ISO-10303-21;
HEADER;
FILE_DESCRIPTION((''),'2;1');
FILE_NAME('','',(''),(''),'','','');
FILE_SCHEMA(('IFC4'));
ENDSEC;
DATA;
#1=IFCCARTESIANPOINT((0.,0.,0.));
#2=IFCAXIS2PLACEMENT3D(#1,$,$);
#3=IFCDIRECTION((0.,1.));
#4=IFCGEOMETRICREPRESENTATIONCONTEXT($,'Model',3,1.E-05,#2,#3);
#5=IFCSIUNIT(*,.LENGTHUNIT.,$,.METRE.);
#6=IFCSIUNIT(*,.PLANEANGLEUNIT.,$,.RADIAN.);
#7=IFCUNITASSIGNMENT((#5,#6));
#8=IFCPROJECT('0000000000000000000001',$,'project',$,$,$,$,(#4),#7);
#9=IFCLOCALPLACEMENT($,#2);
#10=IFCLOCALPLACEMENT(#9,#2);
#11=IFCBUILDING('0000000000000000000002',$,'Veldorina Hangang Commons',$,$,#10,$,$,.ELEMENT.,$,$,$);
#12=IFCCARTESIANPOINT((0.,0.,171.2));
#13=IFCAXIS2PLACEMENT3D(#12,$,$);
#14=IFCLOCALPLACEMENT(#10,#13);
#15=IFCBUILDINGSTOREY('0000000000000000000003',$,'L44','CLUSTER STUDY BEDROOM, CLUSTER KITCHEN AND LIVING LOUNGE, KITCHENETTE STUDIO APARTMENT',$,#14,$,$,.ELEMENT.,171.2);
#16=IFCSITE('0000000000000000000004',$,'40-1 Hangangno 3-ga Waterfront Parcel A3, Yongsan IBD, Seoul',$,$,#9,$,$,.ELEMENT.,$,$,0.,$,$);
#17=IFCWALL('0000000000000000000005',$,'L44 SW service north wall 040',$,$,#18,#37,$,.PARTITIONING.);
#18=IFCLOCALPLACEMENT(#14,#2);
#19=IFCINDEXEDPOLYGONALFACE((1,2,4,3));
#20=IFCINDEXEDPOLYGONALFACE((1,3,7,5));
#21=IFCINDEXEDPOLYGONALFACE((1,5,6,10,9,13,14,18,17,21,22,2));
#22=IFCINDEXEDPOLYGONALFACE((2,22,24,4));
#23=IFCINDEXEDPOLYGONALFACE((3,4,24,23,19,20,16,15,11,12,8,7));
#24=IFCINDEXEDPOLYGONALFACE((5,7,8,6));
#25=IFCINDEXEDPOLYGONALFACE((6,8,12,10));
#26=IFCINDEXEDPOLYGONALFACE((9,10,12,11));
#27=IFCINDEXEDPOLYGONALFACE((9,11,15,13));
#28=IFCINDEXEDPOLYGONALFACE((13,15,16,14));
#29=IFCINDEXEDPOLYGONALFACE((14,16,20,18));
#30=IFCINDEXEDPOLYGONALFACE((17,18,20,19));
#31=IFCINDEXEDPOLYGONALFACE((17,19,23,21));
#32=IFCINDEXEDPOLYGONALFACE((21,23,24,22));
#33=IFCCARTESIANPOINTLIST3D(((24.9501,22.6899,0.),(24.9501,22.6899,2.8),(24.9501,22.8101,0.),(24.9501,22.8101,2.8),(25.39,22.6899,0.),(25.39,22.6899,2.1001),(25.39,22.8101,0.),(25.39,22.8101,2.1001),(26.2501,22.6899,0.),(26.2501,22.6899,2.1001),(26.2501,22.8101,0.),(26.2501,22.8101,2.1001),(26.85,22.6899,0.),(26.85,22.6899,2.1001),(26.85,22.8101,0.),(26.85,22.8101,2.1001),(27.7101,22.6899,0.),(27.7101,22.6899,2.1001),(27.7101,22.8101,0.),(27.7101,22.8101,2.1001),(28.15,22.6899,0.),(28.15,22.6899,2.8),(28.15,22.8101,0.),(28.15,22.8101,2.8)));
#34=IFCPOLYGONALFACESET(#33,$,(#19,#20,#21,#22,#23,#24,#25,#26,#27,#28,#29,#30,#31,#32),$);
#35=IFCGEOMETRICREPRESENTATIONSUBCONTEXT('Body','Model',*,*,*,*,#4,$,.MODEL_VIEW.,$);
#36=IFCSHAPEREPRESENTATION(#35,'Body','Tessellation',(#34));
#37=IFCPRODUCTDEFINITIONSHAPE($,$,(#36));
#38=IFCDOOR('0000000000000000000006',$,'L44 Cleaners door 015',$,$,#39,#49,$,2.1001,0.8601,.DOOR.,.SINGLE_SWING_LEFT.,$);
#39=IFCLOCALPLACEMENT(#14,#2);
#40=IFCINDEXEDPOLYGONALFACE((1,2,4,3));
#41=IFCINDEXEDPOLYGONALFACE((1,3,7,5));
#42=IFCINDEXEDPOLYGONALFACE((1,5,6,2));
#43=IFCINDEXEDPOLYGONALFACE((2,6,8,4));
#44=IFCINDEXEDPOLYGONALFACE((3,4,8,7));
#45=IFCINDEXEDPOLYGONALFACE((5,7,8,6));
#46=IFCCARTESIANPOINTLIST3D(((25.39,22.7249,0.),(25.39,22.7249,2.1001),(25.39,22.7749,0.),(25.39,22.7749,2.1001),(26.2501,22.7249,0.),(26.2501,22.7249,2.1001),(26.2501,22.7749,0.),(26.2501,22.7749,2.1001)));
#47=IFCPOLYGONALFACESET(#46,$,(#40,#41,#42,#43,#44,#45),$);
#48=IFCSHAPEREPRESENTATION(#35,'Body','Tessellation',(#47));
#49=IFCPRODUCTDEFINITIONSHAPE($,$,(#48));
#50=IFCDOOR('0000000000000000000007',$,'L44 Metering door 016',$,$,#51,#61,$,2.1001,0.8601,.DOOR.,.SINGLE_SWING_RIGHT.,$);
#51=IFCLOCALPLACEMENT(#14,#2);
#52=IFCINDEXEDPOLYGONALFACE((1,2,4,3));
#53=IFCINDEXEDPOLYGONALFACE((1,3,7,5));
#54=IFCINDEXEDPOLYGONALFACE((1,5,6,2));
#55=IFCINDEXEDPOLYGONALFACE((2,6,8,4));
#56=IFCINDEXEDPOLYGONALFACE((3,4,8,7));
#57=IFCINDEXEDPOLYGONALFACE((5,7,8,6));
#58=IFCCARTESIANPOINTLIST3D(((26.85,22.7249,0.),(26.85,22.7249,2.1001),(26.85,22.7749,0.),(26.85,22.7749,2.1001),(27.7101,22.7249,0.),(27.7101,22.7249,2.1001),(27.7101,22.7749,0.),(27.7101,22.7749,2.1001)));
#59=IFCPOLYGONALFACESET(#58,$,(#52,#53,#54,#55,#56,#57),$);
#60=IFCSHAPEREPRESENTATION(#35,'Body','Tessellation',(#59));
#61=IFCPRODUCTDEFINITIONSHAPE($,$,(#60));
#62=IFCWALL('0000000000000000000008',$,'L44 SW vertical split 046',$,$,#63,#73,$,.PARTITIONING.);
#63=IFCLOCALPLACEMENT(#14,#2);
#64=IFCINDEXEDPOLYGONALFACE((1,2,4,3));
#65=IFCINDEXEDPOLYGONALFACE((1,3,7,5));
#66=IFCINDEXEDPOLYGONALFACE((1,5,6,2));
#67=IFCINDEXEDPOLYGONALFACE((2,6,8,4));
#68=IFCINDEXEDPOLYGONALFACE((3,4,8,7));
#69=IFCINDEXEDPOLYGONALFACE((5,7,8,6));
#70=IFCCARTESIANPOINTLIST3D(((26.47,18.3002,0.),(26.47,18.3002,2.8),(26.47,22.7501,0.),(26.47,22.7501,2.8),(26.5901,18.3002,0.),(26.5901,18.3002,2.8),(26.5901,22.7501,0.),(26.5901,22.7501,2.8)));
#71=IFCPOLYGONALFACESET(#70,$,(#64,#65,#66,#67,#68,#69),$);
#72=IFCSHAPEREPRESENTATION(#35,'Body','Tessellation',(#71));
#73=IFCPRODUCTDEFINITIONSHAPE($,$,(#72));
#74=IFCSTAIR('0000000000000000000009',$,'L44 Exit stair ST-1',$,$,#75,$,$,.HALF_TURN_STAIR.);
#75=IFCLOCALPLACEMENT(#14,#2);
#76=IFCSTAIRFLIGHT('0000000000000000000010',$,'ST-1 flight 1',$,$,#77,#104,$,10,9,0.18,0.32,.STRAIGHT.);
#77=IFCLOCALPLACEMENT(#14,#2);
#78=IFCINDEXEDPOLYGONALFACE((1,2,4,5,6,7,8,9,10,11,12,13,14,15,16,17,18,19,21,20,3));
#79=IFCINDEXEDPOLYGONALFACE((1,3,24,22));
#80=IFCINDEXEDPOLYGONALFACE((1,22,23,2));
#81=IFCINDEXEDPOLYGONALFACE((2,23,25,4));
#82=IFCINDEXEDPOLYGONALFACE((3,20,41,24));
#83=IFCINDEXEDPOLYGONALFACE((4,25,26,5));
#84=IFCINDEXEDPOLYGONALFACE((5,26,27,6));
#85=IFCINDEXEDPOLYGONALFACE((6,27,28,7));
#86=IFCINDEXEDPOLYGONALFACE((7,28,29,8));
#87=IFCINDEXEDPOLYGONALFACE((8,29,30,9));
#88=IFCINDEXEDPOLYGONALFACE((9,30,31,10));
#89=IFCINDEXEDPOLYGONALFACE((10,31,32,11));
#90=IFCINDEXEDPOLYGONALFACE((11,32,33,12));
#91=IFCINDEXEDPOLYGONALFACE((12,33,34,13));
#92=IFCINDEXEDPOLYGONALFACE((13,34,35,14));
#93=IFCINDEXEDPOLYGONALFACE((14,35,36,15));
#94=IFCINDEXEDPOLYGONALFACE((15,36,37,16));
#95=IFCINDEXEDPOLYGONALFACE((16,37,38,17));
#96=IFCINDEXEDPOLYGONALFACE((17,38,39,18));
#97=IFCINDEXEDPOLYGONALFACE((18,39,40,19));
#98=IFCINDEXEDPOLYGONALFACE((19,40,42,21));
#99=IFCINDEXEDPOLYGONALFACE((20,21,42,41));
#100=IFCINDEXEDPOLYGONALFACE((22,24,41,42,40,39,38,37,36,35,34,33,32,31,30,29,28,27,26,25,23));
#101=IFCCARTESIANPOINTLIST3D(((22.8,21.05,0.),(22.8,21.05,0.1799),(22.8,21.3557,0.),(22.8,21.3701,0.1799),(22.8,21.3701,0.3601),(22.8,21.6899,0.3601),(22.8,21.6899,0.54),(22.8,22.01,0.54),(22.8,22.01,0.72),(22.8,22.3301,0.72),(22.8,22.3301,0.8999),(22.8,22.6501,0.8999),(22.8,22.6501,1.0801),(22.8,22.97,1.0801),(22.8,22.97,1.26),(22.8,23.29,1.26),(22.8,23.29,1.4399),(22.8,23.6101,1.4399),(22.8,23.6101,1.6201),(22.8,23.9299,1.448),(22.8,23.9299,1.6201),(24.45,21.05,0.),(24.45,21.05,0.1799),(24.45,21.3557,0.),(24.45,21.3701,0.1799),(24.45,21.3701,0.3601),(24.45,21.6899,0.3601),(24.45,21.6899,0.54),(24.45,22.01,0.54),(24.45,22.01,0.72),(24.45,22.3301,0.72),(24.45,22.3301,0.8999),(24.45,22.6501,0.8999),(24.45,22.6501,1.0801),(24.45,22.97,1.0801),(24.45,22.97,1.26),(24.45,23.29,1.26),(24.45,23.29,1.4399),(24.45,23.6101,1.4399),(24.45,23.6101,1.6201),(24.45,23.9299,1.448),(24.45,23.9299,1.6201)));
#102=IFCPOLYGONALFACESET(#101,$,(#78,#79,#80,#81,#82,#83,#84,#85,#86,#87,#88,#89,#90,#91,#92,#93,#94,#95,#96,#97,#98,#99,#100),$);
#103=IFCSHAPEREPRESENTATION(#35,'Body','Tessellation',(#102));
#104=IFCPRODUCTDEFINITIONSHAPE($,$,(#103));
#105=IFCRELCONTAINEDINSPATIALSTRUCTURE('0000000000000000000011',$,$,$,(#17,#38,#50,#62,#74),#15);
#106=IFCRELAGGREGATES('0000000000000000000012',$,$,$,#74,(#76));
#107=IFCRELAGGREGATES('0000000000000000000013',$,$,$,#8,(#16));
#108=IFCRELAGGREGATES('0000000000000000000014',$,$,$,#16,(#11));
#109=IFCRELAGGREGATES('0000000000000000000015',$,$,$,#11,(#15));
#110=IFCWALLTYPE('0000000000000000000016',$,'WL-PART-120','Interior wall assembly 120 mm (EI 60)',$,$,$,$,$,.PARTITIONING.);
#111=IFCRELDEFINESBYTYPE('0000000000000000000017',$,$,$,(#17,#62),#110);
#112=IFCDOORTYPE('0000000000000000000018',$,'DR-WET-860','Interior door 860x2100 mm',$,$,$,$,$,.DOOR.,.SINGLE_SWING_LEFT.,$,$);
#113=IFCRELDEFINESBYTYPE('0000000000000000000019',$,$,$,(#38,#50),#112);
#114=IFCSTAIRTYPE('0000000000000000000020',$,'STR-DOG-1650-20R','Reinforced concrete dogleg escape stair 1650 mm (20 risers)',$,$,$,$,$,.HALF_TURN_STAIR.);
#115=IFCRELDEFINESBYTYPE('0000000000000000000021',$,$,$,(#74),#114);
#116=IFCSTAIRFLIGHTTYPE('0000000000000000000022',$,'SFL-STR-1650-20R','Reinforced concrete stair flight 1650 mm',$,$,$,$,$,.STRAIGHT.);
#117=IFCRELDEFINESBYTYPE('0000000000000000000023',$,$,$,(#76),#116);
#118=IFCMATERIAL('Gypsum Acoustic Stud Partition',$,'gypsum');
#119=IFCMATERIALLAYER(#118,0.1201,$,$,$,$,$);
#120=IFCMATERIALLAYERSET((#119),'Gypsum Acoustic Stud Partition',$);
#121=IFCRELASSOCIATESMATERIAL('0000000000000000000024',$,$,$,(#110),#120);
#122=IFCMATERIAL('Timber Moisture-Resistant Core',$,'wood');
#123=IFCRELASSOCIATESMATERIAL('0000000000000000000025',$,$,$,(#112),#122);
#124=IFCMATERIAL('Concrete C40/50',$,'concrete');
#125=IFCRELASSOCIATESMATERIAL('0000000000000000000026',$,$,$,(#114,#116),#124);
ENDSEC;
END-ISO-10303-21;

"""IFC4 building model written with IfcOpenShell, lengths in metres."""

from ifc_helpers import new_model, si_unit, direction, frame, frame_2d, origin, place, context, subcontext, project, spatial, polyline, rectangle, outline, extrude, material, layer, layer_set, type_object, element, fill, aggregate, save


model = new_model("IFC4")

# Units and contexts
model_context = context("Model", 3, precision=1e-05, world=origin(), true_north=direction((0.0, 1.0)))
body_context = subcontext(model_context, "Body", "Model", "MODEL_VIEW")
ifc_project = project(units=[si_unit("LENGTHUNIT", "METRE"), si_unit("PLANEANGLEUNIT", "RADIAN")], contexts=[model_context])

# Site, building, storey
site_placement = place(None, origin())
site = spatial("IfcSite", under=ifc_project, at=site_placement, Name="40-1 Hangangno 3-ga Waterfront Parcel A3, Yongsan IBD, Seoul", CompositionType="ELEMENT", RefElevation=0.0)
building_placement = place(site_placement, origin())
building = spatial("IfcBuilding", under=site, at=building_placement, Name="Veldorina Hangang Commons", CompositionType="ELEMENT")
storey_placement = place(building_placement, frame((0.0, 0.0, 171.2)))
storey = spatial("IfcBuildingStorey", under=building, at=storey_placement, Name="L44", Description="CLUSTER STUDY BEDROOM, CLUSTER KITCHEN AND LIVING LOUNGE, KITCHENETTE STUDIO APARTMENT", CompositionType="ELEMENT", Elevation=171.2)

# Wall, openings, doors
ifc_material_1 = material(Name="Gypsum Acoustic Stud Partition", Category="gypsum")
ifc_layer_1 = layer(ifc_material_1, 0.1201)
ifc_layer_set_1 = layer_set([ifc_layer_1], Name="Gypsum Acoustic Stud Partition")
wall_type_1 = type_object("IfcWallType", Name="WL-PART-120", Description="Interior wall assembly 120 mm (EI 60)", PredefinedType="PARTITIONING", material=ifc_layer_set_1)
wall_1_placement = place(storey_placement, frame((24.95, 22.75, 0.0), z_axis=(0.0, 0.0, 1.0), x_axis=(1.0, 0.0, 0.0)))
wall_1 = element("IfcWall", 1, at=wall_1_placement, inside=storey, type_object=wall_type_1, Name="L44 SW service north wall 040", PredefinedType="PARTITIONING", context=body_context, shape_type="SweptSolid", body=[
    extrude(rectangle(XDim=3.2, YDim=0.1201, at=frame_2d((1.6001, 0.0))), origin(), (0.0, 0.0, 1.0), 2.8),
])
opening_1_placement = place(wall_1_placement, frame((0.4399, 0.0, 0.0)))
opening_1 = element("IfcOpeningElement", 2, at=opening_1_placement, cuts=wall_1, PredefinedType="OPENING", context=body_context, shape_type="SweptSolid", body=[
    extrude(rectangle(XDim=0.8601, YDim=2.1001, at=frame_2d((0.4302, 1.05))), frame((0.0, 0.0701, 0.0), z_axis=(0.0, -1.0, 0.0), x_axis=(1.0, 0.0, 0.0)), (0.0, 0.0, 1.0), 0.1401),
])
opening_2_placement = place(wall_1_placement, frame((1.8999, 0.0, 0.0)))
opening_2 = element("IfcOpeningElement", 3, at=opening_2_placement, cuts=wall_1, PredefinedType="OPENING", context=body_context, shape_type="SweptSolid", body=[
    extrude(rectangle(XDim=0.8601, YDim=2.1001, at=frame_2d((0.4302, 1.05))), frame((0.0, 0.0701, 0.0), z_axis=(0.0, -1.0, 0.0), x_axis=(1.0, 0.0, 0.0)), (0.0, 0.0, 1.0), 0.1401),
])
ifc_material_2 = material(Name="Timber Moisture-Resistant Core", Category="wood")
door_type_1 = type_object("IfcDoorType", Name="DR-WET-860", Description="Interior door 860x2100 mm", OperationType="SINGLE_SWING_LEFT", PredefinedType="DOOR", material=ifc_material_2)
door_1_placement = place(opening_1_placement, origin())
door_1 = element("IfcDoor", 4, at=door_1_placement, inside=storey, type_object=door_type_1, Name="L44 Cleaners door 015", OperationType="SINGLE_SWING_LEFT", OverallHeight=2.1001, OverallWidth=0.8601, PredefinedType="DOOR", context=body_context, shape_type="SweptSolid", body=[
    extrude(rectangle(XDim=0.8601, YDim=2.1001, at=frame_2d((0.4302, 1.05))), frame((0.0, 0.0249, 0.0), z_axis=(0.0, -1.0, 0.0), x_axis=(1.0, 0.0, 0.0)), (0.0, 0.0, 1.0), 0.05),
])
fill(opening_1, door_1)
door_2_placement = place(opening_2_placement, origin())
door_2 = element("IfcDoor", 5, at=door_2_placement, inside=storey, type_object=door_type_1, Name="L44 Metering door 016", OperationType="SINGLE_SWING_RIGHT", OverallHeight=2.1001, OverallWidth=0.8601, PredefinedType="DOOR", context=body_context, shape_type="SweptSolid", body=[
    extrude(rectangle(XDim=0.8601, YDim=2.1001, at=frame_2d((0.4302, 1.05))), frame((0.0, 0.0249, 0.0), z_axis=(0.0, -1.0, 0.0), x_axis=(1.0, 0.0, 0.0)), (0.0, 0.0, 1.0), 0.05),
])
fill(opening_2, door_2)

# Wall
wall_2_placement = place(storey_placement, frame((26.53, 18.3, 0.0), z_axis=(0.0, 0.0, 1.0), x_axis=(0.0, 1.0, 0.0)))
element("IfcWall", 6, at=wall_2_placement, inside=storey, type_object=wall_type_1, Name="L44 SW vertical split 046", PredefinedType="PARTITIONING", context=body_context, shape_type="SweptSolid", body=[
    extrude(rectangle(XDim=4.45, YDim=0.1201, at=frame_2d((2.2251, 0.0))), origin(), (0.0, 0.0, 1.0), 2.8),
])

# Stair, stair flight
ifc_material_3 = material(Name="Concrete C40/50", Category="concrete")
stair_type = type_object("IfcStairType", Name="STR-DOG-1650-20R", Description="Reinforced concrete dogleg escape stair 1650 mm (20 risers)", PredefinedType="HALF_TURN_STAIR", material=ifc_material_3)
stair_placement = place(storey_placement, origin())
stair = element("IfcStair", 7, at=stair_placement, inside=storey, type_object=stair_type, Name="L44 Exit stair ST-1", PredefinedType="HALF_TURN_STAIR")
stair_flight_type = type_object("IfcStairFlightType", Name="SFL-STR-1650-20R", Description="Reinforced concrete stair flight 1650 mm", PredefinedType="STRAIGHT", material=ifc_material_3)
stair_flight_placement = place(storey_placement, frame((23.625, 21.05, 0.0), z_axis=(0.0, 0.0, 1.0), x_axis=(0.0, 1.0, 0.0)))
stair_flight = element("IfcStairFlight", 8, at=stair_flight_placement, type_object=stair_flight_type, Name="ST-1 flight 1", NumberOfRisers=10, NumberOfTreads=9, PredefinedType="STRAIGHT", RiserHeight=0.18, TreadLength=0.32, context=body_context, shape_type="SweptSolid", body=[
    extrude(outline(polyline([(0.0, 0.0), (0.0, 0.1799), (0.3201, 0.1799), (0.3201, 0.3601), (0.6399, 0.3601), (0.6399, 0.54), (0.96, 0.54), (0.96, 0.72), (1.28, 0.72), (1.28, 0.8999), (1.6001, 0.8999), (1.6001, 1.0801), (1.9199, 1.0801), (1.9199, 1.26), (2.24, 1.26), (2.24, 1.4399), (2.5601, 1.4399), (2.5601, 1.6201), (2.8799, 1.6201), (2.8799, 1.8), (2.8799, 1.448), (0.3057, 0.0), (0.0, 0.0)])), frame((0.0, 0.825, 0.0), z_axis=(0.0, -1.0, 0.0), x_axis=(1.0, 0.0, 0.0)), (0.0, 0.0, 1.0), 1.6499),
])
aggregate(stair, [stair_flight])

save(model, "model.ifc")
